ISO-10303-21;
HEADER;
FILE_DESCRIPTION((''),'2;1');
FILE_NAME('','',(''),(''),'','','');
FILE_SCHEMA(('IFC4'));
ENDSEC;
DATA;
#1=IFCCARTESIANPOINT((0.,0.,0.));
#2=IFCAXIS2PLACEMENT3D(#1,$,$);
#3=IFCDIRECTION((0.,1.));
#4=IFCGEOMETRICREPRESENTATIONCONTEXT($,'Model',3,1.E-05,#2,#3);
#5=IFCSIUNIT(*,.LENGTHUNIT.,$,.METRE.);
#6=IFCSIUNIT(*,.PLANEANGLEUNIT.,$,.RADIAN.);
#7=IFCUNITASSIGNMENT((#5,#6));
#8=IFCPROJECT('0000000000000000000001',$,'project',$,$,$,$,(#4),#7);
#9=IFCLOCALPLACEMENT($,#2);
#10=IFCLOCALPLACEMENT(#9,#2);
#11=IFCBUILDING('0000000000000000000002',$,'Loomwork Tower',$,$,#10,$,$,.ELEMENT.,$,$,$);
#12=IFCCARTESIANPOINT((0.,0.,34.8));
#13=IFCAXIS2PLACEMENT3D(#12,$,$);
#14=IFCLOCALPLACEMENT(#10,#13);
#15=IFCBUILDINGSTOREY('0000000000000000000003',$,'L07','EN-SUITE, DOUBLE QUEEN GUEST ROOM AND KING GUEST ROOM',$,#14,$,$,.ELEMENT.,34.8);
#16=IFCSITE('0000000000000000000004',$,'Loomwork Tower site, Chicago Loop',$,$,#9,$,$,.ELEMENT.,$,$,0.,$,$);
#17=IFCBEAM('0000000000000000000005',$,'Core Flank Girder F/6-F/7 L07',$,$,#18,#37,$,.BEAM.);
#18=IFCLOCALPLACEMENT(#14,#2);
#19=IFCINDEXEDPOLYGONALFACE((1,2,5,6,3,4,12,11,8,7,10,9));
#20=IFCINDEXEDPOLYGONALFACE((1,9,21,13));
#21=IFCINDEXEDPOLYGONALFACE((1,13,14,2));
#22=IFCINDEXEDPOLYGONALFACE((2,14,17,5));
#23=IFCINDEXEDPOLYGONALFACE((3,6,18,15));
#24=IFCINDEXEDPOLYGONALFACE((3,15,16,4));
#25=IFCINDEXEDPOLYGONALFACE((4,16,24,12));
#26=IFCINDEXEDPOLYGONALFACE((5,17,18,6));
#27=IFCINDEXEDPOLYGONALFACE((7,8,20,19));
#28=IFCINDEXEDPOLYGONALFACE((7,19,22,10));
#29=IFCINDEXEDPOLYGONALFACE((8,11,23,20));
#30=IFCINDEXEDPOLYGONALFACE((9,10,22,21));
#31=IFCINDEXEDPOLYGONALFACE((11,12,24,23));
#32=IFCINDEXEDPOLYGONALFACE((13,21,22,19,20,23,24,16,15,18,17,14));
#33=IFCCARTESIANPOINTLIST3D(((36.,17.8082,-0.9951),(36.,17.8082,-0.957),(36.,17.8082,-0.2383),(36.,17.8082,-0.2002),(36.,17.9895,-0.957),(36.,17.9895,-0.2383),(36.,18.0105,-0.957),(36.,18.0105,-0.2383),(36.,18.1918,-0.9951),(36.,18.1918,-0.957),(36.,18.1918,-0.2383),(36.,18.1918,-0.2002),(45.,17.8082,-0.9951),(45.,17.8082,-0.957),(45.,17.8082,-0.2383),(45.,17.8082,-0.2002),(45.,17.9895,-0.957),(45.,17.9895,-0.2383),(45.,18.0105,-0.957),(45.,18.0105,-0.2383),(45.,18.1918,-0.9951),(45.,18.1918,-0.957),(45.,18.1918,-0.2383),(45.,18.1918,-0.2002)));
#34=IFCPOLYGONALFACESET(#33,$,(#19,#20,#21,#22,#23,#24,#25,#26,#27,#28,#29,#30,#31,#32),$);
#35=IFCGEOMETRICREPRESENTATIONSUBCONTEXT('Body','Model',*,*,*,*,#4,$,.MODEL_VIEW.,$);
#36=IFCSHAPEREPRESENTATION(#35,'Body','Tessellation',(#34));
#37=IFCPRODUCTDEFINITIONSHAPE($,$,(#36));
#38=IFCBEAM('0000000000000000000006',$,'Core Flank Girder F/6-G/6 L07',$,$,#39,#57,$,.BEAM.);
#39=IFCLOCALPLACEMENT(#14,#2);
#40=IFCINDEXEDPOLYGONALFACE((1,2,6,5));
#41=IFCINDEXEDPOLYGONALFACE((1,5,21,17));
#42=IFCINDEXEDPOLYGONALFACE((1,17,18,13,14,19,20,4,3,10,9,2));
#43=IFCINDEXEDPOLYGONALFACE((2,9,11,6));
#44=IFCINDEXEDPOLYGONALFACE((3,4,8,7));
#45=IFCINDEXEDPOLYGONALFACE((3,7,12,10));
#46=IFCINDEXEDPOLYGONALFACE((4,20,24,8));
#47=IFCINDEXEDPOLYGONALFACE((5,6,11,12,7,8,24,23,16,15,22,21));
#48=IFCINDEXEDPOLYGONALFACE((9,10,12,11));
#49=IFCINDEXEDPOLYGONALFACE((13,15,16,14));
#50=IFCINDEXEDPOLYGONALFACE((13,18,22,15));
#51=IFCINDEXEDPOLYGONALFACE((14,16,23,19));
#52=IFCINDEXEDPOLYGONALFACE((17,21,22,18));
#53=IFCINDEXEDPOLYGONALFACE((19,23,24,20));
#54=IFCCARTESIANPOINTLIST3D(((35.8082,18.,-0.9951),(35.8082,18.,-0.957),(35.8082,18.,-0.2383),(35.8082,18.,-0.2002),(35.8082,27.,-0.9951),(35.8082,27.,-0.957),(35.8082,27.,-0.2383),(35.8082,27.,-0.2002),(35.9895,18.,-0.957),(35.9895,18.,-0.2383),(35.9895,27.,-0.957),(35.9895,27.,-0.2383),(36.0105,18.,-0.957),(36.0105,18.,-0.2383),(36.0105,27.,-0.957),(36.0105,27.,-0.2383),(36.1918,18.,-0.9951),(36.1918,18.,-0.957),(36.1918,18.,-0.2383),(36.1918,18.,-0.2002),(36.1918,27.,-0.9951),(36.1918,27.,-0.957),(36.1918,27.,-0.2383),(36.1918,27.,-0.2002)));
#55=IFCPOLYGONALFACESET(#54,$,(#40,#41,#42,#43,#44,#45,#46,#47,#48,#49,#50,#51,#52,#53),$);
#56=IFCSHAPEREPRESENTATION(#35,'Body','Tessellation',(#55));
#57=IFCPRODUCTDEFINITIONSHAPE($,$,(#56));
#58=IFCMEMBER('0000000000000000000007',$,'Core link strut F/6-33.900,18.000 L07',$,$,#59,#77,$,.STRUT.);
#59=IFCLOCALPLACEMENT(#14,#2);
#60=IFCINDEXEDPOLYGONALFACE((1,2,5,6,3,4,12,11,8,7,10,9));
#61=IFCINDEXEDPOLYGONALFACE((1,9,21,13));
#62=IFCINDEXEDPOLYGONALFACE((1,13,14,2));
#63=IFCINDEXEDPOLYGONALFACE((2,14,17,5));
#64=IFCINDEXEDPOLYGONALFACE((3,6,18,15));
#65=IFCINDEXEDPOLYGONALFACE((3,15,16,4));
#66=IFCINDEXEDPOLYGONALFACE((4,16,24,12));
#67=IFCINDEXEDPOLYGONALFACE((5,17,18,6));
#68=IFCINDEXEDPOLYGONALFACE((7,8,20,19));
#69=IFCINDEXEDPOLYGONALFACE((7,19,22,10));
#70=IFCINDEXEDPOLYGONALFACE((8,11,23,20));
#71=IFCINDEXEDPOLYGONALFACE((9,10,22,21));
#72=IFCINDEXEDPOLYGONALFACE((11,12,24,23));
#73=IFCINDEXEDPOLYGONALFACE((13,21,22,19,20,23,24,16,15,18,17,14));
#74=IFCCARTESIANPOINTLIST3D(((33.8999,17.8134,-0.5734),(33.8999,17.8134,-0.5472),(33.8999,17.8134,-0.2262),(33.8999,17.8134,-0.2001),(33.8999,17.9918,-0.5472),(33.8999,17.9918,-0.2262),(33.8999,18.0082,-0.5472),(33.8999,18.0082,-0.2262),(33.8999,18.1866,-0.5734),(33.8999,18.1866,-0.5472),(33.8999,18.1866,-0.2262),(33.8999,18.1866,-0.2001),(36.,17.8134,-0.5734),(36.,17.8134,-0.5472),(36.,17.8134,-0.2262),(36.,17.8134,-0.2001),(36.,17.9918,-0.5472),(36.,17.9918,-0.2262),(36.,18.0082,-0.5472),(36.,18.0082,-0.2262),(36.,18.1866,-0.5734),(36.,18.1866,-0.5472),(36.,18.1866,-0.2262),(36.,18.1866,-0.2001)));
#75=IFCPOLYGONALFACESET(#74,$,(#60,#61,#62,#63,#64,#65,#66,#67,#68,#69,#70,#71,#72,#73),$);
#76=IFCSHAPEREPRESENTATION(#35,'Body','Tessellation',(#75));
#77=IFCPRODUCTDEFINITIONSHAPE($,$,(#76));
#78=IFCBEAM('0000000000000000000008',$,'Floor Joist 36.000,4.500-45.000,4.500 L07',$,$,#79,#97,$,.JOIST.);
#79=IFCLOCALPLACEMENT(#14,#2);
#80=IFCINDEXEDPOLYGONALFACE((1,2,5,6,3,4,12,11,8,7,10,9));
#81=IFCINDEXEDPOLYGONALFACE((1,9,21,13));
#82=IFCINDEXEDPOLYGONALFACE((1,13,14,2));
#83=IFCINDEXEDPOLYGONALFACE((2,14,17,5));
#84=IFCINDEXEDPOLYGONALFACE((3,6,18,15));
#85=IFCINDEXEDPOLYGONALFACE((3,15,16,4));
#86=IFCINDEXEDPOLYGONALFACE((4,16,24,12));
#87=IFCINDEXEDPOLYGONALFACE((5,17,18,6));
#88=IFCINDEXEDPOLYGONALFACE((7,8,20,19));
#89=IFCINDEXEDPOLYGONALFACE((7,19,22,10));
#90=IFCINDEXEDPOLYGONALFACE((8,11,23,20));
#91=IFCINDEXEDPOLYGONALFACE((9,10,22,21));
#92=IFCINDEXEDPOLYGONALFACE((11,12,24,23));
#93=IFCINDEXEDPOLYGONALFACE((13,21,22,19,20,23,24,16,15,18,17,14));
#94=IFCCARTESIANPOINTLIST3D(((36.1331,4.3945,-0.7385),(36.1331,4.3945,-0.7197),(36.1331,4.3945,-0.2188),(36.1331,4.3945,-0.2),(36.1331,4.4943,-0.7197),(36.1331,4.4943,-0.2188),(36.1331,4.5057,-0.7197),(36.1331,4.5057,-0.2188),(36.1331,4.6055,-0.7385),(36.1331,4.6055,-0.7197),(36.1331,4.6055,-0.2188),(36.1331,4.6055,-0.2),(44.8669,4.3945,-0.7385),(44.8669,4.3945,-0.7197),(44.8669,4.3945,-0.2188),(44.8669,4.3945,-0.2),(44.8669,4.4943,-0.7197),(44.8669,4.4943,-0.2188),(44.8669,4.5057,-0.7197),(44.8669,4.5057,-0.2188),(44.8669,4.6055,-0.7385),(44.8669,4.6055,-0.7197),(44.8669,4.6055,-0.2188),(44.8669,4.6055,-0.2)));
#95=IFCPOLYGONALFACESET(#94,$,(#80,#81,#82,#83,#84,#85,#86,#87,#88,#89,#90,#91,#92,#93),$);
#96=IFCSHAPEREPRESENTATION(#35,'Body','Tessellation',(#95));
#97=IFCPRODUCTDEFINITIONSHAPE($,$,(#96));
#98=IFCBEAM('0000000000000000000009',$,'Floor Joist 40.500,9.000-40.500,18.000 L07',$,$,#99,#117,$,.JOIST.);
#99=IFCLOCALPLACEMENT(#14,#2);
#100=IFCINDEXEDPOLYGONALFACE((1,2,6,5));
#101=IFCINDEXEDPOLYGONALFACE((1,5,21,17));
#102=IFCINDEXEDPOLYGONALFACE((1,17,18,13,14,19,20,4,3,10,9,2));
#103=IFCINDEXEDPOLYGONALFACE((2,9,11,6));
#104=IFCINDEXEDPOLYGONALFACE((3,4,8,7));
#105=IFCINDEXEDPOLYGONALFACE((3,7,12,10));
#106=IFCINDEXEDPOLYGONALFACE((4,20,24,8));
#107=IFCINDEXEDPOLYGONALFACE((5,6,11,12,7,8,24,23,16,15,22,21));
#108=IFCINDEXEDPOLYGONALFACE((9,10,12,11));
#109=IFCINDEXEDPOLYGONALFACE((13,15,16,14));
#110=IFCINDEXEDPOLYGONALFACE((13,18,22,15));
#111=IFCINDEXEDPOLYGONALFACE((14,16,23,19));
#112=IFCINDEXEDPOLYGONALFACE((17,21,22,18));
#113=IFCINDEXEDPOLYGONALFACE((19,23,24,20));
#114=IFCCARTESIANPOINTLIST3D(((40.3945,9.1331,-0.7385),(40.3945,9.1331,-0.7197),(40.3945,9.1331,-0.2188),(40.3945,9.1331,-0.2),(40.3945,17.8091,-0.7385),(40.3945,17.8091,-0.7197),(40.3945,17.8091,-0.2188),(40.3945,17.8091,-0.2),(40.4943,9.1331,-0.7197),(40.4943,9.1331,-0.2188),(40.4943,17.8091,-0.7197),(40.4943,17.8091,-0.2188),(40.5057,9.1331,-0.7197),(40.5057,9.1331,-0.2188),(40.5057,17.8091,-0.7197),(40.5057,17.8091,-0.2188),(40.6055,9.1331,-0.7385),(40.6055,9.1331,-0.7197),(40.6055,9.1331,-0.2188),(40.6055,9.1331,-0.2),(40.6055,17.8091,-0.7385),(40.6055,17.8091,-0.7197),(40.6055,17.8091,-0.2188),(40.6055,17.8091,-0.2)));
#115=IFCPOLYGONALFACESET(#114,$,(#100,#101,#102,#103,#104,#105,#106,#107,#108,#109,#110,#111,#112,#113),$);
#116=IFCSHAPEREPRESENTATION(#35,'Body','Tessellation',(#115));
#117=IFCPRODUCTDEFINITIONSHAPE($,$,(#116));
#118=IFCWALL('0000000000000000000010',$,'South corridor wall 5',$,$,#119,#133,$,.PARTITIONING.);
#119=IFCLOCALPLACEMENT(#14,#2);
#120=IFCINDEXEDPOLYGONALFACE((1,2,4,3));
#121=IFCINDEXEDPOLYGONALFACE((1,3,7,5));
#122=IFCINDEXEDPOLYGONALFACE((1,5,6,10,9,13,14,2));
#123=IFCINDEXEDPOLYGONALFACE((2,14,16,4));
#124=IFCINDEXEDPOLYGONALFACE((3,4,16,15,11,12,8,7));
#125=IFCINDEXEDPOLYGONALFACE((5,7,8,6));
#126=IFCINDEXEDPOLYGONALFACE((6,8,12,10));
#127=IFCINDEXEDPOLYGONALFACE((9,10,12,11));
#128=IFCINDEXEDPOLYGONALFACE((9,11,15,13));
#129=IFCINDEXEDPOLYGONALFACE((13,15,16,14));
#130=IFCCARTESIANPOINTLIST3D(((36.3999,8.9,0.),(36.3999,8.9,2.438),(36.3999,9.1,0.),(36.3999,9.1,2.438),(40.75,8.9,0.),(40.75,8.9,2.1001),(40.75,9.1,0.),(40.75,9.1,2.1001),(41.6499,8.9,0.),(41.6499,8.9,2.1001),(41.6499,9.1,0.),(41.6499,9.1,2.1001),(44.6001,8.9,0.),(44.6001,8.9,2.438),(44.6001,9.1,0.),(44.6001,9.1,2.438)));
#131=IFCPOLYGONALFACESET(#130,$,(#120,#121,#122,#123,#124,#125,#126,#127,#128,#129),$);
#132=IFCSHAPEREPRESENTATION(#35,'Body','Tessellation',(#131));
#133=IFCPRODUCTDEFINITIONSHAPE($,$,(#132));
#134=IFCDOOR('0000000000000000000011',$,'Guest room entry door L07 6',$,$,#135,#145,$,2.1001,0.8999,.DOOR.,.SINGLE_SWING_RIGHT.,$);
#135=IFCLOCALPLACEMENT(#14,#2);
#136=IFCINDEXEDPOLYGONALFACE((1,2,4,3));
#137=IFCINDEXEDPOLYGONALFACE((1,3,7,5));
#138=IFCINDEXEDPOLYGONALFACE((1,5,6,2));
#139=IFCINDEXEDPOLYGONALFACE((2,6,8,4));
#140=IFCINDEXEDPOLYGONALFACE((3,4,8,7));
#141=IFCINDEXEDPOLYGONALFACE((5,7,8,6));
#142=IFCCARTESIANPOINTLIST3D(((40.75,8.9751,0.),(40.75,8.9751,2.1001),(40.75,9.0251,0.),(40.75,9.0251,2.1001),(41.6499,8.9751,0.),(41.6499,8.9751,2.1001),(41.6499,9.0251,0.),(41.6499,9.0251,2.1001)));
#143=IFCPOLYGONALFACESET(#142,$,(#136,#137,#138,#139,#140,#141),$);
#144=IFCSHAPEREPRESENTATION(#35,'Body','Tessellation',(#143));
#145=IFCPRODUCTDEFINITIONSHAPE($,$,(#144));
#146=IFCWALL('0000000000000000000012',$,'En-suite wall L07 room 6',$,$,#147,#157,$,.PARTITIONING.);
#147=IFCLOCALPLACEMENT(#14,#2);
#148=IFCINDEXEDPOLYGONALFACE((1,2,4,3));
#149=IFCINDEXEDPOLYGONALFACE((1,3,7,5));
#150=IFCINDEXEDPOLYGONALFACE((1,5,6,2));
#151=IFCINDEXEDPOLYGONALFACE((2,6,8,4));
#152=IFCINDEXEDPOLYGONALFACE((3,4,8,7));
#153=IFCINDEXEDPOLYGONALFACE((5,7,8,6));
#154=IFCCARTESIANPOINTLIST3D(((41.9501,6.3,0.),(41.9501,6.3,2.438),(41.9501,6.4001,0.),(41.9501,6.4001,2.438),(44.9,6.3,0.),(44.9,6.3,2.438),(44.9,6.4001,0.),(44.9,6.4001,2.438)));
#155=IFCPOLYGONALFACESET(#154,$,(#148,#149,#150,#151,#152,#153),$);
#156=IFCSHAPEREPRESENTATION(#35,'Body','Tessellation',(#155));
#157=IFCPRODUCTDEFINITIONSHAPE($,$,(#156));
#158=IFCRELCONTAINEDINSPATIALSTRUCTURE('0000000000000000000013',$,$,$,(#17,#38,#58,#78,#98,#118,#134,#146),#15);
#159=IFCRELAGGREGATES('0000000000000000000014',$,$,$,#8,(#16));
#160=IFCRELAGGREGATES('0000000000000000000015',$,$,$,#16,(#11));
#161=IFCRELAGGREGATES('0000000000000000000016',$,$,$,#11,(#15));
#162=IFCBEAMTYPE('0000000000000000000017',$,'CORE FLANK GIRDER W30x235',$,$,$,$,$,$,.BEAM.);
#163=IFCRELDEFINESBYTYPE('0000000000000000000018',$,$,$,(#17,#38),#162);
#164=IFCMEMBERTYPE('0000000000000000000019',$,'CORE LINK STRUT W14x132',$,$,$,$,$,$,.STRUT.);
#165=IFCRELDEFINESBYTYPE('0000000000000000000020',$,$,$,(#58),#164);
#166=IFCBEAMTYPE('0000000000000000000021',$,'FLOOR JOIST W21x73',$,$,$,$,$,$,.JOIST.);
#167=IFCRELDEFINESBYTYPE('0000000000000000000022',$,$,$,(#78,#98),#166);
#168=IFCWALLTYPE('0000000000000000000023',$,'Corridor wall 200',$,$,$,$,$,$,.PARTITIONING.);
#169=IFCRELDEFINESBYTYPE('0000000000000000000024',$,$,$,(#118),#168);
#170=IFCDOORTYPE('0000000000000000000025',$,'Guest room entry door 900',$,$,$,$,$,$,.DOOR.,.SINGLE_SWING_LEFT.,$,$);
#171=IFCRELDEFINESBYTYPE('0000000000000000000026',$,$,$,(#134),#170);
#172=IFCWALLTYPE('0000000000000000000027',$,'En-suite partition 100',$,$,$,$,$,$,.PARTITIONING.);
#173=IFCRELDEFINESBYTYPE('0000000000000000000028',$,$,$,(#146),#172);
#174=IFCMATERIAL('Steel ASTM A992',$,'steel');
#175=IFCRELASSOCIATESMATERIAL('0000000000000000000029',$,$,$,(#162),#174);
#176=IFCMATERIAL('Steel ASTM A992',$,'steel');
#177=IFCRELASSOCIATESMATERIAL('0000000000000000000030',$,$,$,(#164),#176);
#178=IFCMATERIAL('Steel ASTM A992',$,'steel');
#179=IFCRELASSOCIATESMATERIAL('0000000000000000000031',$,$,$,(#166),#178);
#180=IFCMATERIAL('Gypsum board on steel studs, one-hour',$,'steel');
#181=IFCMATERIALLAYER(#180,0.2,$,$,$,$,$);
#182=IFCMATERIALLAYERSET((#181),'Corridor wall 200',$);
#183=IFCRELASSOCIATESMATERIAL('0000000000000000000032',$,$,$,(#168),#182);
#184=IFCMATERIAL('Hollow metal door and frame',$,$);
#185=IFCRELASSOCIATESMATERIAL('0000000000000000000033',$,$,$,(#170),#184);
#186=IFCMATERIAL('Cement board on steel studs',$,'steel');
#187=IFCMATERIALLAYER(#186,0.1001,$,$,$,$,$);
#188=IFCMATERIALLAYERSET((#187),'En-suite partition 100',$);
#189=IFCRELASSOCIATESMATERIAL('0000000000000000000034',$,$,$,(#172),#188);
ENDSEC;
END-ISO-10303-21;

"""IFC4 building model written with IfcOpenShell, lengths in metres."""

from ifc_helpers import new_model, si_unit, direction, frame, frame_2d, origin, origin_2d, place, context, subcontext, project, spatial, rectangle, i_section, extrude, material, layer, layer_set, material_profile, profile_set, type_object, element, fill, save


model = new_model("IFC4")

# Units and contexts
model_context = context("Model", 3, precision=1e-05, world=origin(), true_north=direction((0.0, 1.0)))
body_context = subcontext(model_context, "Body", "Model", "MODEL_VIEW")
ifc_project = project(units=[si_unit("LENGTHUNIT", "METRE"), si_unit("PLANEANGLEUNIT", "RADIAN")], contexts=[model_context])

# Site, building, storey
site_placement = place(None, origin())
site = spatial("IfcSite", under=ifc_project, at=site_placement, Name="Loomwork Tower site, Chicago Loop", CompositionType="ELEMENT", RefElevation=0.0)
building_placement = place(site_placement, origin())
building = spatial("IfcBuilding", under=site, at=building_placement, Name="Loomwork Tower", CompositionType="ELEMENT")
storey_placement = place(building_placement, frame((0.0, 0.0, 34.8)))
storey = spatial("IfcBuildingStorey", under=building, at=storey_placement, Name="L07", Description="EN-SUITE, DOUBLE QUEEN GUEST ROOM AND KING GUEST ROOM", CompositionType="ELEMENT", Elevation=34.8)

# Beams
ifc_material_1 = material(Name="Steel ASTM A992", Category="steel")
ifc_material_profile_1 = material_profile(ifc_material_1, i_section(OverallWidth=0.3835, OverallDepth=0.7949, WebThickness=0.021, FlangeThickness=0.0381, at=origin_2d()), Name="W30x235")
ifc_profile_set_1 = profile_set([ifc_material_profile_1], Name="Steel ASTM A992")
beam_type_1 = type_object("IfcBeamType", Name="CORE FLANK GIRDER W30x235", PredefinedType="BEAM", material=ifc_profile_set_1)
for number, where, z_axis, x_axis, name in (
    (1, (36.0, 18.0, -0.5977), (1.0, 0.0, 0.0), (0.0, 1.0, 0.0), "Core Flank Girder F/6-F/7 L07"),
    (2, (36.0, 18.0, -0.5977), (0.0, 1.0, 0.0), (-1.0, 0.0, 0.0), "Core Flank Girder F/6-G/6 L07"),
):
    element("IfcBeam", number, at=place(storey_placement, frame(where, z_axis=z_axis, x_axis=x_axis)), inside=storey, type_object=beam_type_1, Name=name, PredefinedType="BEAM", context=body_context, shape_type="SweptSolid", body=[
        extrude(i_section(OverallWidth=0.3835, OverallDepth=0.7949, WebThickness=0.021, FlangeThickness=0.0381, at=origin_2d()), origin(), (0.0, 0.0, 1.0), 9.0),
    ])

# Member
ifc_material_2 = material(Name="Steel ASTM A992", Category="steel")
ifc_material_profile_2 = material_profile(ifc_material_2, i_section(OverallWidth=0.3733, OverallDepth=0.3733, WebThickness=0.0164, FlangeThickness=0.0261, at=origin_2d()), Name="W14x132")
ifc_profile_set_2 = profile_set([ifc_material_profile_2], Name="Steel ASTM A992")
member_type = type_object("IfcMemberType", Name="CORE LINK STRUT W14x132", PredefinedType="STRUT", material=ifc_profile_set_2)
member_placement = place(storey_placement, frame((36.0, 18.0, -0.3867), z_axis=(-1.0, 0.0, 0.0), x_axis=(0.0, -1.0, 0.0)))
element("IfcMember", 3, at=member_placement, inside=storey, type_object=member_type, Name="Core link strut F/6-33.900,18.000 L07", PredefinedType="STRUT", context=body_context, shape_type="SweptSolid", body=[
    extrude(i_section(OverallWidth=0.3733, OverallDepth=0.3733, WebThickness=0.0164, FlangeThickness=0.0261, at=origin_2d()), origin(), (0.0, 0.0, 1.0), 2.1001),
])

# Beams
ifc_material_3 = material(Name="Steel ASTM A992", Category="steel")
ifc_material_profile_3 = material_profile(ifc_material_3, i_section(OverallWidth=0.2109, OverallDepth=0.5386, WebThickness=0.0115, FlangeThickness=0.0188, at=origin_2d()), Name="W21x73")
ifc_profile_set_3 = profile_set([ifc_material_profile_3], Name="Steel ASTM A992")
beam_type_2 = type_object("IfcBeamType", Name="FLOOR JOIST W21x73", PredefinedType="JOIST", material=ifc_profile_set_3)
beam_1_placement = place(storey_placement, frame((36.1331, 4.5, -0.4692), z_axis=(1.0, 0.0, 0.0), x_axis=(0.0, 1.0, 0.0)))
element("IfcBeam", 4, at=beam_1_placement, inside=storey, type_object=beam_type_2, Name="Floor Joist 36.000,4.500-45.000,4.500 L07", PredefinedType="JOIST", context=body_context, shape_type="SweptSolid", body=[
    extrude(i_section(OverallWidth=0.2109, OverallDepth=0.5386, WebThickness=0.0115, FlangeThickness=0.0188, at=origin_2d()), origin(), (0.0, 0.0, 1.0), 8.7339),
])
beam_2_placement = place(storey_placement, frame((40.5, 9.1331, -0.4692), z_axis=(0.0, 1.0, 0.0), x_axis=(-1.0, 0.0, 0.0)))
element("IfcBeam", 5, at=beam_2_placement, inside=storey, type_object=beam_type_2, Name="Floor Joist 40.500,9.000-40.500,18.000 L07", PredefinedType="JOIST", context=body_context, shape_type="SweptSolid", body=[
    extrude(i_section(OverallWidth=0.2109, OverallDepth=0.5386, WebThickness=0.0115, FlangeThickness=0.0188, at=origin_2d()), origin(), (0.0, 0.0, 1.0), 8.676),
])

# Wall, opening, door
ifc_material_4 = material(Name="Gypsum board on steel studs, one-hour", Category="steel")
ifc_layer_1 = layer(ifc_material_4, 0.2)
ifc_layer_set_1 = layer_set([ifc_layer_1], Name="Corridor wall 200")
wall_type_1 = type_object("IfcWallType", Name="Corridor wall 200", PredefinedType="PARTITIONING", material=ifc_layer_set_1)
wall_1_placement = place(storey_placement, frame((36.3999, 9.0, 0.0), z_axis=(0.0, 0.0, 1.0), x_axis=(1.0, 0.0, 0.0)))
wall_1 = element("IfcWall", 6, at=wall_1_placement, inside=storey, type_object=wall_type_1, Name="South corridor wall 5", PredefinedType="PARTITIONING", context=body_context, shape_type="SweptSolid", body=[
    extrude(rectangle(XDim=8.2002, YDim=0.2, at=frame_2d((4.1001, 0.0))), origin(), (0.0, 0.0, 1.0), 2.438),
])
opening_1_placement = place(wall_1_placement, frame((4.3501, 0.0, 0.0)))
opening_1 = element("IfcOpeningElement", 7, at=opening_1_placement, cuts=wall_1, PredefinedType="OPENING", context=body_context, shape_type="SweptSolid", body=[
    extrude(rectangle(XDim=0.8999, YDim=2.1001, at=frame_2d((0.45, 1.05))), frame((0.0, 0.1099, 0.0), z_axis=(0.0, -1.0, 0.0), x_axis=(1.0, 0.0, 0.0)), (0.0, 0.0, 1.0), 0.22),
])
ifc_material_5 = material(Name="Hollow metal door and frame")
door_type_1 = type_object("IfcDoorType", Name="Guest room entry door 900", OperationType="SINGLE_SWING_LEFT", PredefinedType="DOOR", material=ifc_material_5)
door_1_placement = place(opening_1_placement, frame((0.8999, 0.0, 0.0), z_axis=(0.0, 0.0, 1.0), x_axis=(-1.0, 0.0, 0.0)))
door_1 = element("IfcDoor", 8, at=door_1_placement, inside=storey, type_object=door_type_1, Name="Guest room entry door L07 6", OperationType="SINGLE_SWING_RIGHT", OverallHeight=2.1001, OverallWidth=0.8999, PredefinedType="DOOR", context=body_context, shape_type="SweptSolid", body=[
    extrude(rectangle(XDim=0.8999, YDim=2.1001, at=frame_2d((0.45, 1.05))), frame((0.0, 0.0249, 0.0), z_axis=(0.0, -1.0, 0.0), x_axis=(1.0, 0.0, 0.0)), (0.0, 0.0, 1.0), 0.05),
])
fill(opening_1, door_1)

# Wall
ifc_material_6 = material(Name="Cement board on steel studs", Category="steel")
ifc_layer_2 = layer(ifc_material_6, 0.1001)
ifc_layer_set_2 = layer_set([ifc_layer_2], Name="En-suite partition 100")
wall_type_2 = type_object("IfcWallType", Name="En-suite partition 100", PredefinedType="PARTITIONING", material=ifc_layer_set_2)
wall_2_placement = place(storey_placement, frame((41.95, 6.3501, 0.0), z_axis=(0.0, 0.0, 1.0), x_axis=(1.0, 0.0, 0.0)))
element("IfcWall", 9, at=wall_2_placement, inside=storey, type_object=wall_type_2, Name="En-suite wall L07 room 6", PredefinedType="PARTITIONING", context=body_context, shape_type="SweptSolid", body=[
    extrude(rectangle(XDim=2.95, YDim=0.1001, at=frame_2d((1.4751, 0.0))), origin(), (0.0, 0.0, 1.0), 2.438),
])

save(model, "model.ifc")
